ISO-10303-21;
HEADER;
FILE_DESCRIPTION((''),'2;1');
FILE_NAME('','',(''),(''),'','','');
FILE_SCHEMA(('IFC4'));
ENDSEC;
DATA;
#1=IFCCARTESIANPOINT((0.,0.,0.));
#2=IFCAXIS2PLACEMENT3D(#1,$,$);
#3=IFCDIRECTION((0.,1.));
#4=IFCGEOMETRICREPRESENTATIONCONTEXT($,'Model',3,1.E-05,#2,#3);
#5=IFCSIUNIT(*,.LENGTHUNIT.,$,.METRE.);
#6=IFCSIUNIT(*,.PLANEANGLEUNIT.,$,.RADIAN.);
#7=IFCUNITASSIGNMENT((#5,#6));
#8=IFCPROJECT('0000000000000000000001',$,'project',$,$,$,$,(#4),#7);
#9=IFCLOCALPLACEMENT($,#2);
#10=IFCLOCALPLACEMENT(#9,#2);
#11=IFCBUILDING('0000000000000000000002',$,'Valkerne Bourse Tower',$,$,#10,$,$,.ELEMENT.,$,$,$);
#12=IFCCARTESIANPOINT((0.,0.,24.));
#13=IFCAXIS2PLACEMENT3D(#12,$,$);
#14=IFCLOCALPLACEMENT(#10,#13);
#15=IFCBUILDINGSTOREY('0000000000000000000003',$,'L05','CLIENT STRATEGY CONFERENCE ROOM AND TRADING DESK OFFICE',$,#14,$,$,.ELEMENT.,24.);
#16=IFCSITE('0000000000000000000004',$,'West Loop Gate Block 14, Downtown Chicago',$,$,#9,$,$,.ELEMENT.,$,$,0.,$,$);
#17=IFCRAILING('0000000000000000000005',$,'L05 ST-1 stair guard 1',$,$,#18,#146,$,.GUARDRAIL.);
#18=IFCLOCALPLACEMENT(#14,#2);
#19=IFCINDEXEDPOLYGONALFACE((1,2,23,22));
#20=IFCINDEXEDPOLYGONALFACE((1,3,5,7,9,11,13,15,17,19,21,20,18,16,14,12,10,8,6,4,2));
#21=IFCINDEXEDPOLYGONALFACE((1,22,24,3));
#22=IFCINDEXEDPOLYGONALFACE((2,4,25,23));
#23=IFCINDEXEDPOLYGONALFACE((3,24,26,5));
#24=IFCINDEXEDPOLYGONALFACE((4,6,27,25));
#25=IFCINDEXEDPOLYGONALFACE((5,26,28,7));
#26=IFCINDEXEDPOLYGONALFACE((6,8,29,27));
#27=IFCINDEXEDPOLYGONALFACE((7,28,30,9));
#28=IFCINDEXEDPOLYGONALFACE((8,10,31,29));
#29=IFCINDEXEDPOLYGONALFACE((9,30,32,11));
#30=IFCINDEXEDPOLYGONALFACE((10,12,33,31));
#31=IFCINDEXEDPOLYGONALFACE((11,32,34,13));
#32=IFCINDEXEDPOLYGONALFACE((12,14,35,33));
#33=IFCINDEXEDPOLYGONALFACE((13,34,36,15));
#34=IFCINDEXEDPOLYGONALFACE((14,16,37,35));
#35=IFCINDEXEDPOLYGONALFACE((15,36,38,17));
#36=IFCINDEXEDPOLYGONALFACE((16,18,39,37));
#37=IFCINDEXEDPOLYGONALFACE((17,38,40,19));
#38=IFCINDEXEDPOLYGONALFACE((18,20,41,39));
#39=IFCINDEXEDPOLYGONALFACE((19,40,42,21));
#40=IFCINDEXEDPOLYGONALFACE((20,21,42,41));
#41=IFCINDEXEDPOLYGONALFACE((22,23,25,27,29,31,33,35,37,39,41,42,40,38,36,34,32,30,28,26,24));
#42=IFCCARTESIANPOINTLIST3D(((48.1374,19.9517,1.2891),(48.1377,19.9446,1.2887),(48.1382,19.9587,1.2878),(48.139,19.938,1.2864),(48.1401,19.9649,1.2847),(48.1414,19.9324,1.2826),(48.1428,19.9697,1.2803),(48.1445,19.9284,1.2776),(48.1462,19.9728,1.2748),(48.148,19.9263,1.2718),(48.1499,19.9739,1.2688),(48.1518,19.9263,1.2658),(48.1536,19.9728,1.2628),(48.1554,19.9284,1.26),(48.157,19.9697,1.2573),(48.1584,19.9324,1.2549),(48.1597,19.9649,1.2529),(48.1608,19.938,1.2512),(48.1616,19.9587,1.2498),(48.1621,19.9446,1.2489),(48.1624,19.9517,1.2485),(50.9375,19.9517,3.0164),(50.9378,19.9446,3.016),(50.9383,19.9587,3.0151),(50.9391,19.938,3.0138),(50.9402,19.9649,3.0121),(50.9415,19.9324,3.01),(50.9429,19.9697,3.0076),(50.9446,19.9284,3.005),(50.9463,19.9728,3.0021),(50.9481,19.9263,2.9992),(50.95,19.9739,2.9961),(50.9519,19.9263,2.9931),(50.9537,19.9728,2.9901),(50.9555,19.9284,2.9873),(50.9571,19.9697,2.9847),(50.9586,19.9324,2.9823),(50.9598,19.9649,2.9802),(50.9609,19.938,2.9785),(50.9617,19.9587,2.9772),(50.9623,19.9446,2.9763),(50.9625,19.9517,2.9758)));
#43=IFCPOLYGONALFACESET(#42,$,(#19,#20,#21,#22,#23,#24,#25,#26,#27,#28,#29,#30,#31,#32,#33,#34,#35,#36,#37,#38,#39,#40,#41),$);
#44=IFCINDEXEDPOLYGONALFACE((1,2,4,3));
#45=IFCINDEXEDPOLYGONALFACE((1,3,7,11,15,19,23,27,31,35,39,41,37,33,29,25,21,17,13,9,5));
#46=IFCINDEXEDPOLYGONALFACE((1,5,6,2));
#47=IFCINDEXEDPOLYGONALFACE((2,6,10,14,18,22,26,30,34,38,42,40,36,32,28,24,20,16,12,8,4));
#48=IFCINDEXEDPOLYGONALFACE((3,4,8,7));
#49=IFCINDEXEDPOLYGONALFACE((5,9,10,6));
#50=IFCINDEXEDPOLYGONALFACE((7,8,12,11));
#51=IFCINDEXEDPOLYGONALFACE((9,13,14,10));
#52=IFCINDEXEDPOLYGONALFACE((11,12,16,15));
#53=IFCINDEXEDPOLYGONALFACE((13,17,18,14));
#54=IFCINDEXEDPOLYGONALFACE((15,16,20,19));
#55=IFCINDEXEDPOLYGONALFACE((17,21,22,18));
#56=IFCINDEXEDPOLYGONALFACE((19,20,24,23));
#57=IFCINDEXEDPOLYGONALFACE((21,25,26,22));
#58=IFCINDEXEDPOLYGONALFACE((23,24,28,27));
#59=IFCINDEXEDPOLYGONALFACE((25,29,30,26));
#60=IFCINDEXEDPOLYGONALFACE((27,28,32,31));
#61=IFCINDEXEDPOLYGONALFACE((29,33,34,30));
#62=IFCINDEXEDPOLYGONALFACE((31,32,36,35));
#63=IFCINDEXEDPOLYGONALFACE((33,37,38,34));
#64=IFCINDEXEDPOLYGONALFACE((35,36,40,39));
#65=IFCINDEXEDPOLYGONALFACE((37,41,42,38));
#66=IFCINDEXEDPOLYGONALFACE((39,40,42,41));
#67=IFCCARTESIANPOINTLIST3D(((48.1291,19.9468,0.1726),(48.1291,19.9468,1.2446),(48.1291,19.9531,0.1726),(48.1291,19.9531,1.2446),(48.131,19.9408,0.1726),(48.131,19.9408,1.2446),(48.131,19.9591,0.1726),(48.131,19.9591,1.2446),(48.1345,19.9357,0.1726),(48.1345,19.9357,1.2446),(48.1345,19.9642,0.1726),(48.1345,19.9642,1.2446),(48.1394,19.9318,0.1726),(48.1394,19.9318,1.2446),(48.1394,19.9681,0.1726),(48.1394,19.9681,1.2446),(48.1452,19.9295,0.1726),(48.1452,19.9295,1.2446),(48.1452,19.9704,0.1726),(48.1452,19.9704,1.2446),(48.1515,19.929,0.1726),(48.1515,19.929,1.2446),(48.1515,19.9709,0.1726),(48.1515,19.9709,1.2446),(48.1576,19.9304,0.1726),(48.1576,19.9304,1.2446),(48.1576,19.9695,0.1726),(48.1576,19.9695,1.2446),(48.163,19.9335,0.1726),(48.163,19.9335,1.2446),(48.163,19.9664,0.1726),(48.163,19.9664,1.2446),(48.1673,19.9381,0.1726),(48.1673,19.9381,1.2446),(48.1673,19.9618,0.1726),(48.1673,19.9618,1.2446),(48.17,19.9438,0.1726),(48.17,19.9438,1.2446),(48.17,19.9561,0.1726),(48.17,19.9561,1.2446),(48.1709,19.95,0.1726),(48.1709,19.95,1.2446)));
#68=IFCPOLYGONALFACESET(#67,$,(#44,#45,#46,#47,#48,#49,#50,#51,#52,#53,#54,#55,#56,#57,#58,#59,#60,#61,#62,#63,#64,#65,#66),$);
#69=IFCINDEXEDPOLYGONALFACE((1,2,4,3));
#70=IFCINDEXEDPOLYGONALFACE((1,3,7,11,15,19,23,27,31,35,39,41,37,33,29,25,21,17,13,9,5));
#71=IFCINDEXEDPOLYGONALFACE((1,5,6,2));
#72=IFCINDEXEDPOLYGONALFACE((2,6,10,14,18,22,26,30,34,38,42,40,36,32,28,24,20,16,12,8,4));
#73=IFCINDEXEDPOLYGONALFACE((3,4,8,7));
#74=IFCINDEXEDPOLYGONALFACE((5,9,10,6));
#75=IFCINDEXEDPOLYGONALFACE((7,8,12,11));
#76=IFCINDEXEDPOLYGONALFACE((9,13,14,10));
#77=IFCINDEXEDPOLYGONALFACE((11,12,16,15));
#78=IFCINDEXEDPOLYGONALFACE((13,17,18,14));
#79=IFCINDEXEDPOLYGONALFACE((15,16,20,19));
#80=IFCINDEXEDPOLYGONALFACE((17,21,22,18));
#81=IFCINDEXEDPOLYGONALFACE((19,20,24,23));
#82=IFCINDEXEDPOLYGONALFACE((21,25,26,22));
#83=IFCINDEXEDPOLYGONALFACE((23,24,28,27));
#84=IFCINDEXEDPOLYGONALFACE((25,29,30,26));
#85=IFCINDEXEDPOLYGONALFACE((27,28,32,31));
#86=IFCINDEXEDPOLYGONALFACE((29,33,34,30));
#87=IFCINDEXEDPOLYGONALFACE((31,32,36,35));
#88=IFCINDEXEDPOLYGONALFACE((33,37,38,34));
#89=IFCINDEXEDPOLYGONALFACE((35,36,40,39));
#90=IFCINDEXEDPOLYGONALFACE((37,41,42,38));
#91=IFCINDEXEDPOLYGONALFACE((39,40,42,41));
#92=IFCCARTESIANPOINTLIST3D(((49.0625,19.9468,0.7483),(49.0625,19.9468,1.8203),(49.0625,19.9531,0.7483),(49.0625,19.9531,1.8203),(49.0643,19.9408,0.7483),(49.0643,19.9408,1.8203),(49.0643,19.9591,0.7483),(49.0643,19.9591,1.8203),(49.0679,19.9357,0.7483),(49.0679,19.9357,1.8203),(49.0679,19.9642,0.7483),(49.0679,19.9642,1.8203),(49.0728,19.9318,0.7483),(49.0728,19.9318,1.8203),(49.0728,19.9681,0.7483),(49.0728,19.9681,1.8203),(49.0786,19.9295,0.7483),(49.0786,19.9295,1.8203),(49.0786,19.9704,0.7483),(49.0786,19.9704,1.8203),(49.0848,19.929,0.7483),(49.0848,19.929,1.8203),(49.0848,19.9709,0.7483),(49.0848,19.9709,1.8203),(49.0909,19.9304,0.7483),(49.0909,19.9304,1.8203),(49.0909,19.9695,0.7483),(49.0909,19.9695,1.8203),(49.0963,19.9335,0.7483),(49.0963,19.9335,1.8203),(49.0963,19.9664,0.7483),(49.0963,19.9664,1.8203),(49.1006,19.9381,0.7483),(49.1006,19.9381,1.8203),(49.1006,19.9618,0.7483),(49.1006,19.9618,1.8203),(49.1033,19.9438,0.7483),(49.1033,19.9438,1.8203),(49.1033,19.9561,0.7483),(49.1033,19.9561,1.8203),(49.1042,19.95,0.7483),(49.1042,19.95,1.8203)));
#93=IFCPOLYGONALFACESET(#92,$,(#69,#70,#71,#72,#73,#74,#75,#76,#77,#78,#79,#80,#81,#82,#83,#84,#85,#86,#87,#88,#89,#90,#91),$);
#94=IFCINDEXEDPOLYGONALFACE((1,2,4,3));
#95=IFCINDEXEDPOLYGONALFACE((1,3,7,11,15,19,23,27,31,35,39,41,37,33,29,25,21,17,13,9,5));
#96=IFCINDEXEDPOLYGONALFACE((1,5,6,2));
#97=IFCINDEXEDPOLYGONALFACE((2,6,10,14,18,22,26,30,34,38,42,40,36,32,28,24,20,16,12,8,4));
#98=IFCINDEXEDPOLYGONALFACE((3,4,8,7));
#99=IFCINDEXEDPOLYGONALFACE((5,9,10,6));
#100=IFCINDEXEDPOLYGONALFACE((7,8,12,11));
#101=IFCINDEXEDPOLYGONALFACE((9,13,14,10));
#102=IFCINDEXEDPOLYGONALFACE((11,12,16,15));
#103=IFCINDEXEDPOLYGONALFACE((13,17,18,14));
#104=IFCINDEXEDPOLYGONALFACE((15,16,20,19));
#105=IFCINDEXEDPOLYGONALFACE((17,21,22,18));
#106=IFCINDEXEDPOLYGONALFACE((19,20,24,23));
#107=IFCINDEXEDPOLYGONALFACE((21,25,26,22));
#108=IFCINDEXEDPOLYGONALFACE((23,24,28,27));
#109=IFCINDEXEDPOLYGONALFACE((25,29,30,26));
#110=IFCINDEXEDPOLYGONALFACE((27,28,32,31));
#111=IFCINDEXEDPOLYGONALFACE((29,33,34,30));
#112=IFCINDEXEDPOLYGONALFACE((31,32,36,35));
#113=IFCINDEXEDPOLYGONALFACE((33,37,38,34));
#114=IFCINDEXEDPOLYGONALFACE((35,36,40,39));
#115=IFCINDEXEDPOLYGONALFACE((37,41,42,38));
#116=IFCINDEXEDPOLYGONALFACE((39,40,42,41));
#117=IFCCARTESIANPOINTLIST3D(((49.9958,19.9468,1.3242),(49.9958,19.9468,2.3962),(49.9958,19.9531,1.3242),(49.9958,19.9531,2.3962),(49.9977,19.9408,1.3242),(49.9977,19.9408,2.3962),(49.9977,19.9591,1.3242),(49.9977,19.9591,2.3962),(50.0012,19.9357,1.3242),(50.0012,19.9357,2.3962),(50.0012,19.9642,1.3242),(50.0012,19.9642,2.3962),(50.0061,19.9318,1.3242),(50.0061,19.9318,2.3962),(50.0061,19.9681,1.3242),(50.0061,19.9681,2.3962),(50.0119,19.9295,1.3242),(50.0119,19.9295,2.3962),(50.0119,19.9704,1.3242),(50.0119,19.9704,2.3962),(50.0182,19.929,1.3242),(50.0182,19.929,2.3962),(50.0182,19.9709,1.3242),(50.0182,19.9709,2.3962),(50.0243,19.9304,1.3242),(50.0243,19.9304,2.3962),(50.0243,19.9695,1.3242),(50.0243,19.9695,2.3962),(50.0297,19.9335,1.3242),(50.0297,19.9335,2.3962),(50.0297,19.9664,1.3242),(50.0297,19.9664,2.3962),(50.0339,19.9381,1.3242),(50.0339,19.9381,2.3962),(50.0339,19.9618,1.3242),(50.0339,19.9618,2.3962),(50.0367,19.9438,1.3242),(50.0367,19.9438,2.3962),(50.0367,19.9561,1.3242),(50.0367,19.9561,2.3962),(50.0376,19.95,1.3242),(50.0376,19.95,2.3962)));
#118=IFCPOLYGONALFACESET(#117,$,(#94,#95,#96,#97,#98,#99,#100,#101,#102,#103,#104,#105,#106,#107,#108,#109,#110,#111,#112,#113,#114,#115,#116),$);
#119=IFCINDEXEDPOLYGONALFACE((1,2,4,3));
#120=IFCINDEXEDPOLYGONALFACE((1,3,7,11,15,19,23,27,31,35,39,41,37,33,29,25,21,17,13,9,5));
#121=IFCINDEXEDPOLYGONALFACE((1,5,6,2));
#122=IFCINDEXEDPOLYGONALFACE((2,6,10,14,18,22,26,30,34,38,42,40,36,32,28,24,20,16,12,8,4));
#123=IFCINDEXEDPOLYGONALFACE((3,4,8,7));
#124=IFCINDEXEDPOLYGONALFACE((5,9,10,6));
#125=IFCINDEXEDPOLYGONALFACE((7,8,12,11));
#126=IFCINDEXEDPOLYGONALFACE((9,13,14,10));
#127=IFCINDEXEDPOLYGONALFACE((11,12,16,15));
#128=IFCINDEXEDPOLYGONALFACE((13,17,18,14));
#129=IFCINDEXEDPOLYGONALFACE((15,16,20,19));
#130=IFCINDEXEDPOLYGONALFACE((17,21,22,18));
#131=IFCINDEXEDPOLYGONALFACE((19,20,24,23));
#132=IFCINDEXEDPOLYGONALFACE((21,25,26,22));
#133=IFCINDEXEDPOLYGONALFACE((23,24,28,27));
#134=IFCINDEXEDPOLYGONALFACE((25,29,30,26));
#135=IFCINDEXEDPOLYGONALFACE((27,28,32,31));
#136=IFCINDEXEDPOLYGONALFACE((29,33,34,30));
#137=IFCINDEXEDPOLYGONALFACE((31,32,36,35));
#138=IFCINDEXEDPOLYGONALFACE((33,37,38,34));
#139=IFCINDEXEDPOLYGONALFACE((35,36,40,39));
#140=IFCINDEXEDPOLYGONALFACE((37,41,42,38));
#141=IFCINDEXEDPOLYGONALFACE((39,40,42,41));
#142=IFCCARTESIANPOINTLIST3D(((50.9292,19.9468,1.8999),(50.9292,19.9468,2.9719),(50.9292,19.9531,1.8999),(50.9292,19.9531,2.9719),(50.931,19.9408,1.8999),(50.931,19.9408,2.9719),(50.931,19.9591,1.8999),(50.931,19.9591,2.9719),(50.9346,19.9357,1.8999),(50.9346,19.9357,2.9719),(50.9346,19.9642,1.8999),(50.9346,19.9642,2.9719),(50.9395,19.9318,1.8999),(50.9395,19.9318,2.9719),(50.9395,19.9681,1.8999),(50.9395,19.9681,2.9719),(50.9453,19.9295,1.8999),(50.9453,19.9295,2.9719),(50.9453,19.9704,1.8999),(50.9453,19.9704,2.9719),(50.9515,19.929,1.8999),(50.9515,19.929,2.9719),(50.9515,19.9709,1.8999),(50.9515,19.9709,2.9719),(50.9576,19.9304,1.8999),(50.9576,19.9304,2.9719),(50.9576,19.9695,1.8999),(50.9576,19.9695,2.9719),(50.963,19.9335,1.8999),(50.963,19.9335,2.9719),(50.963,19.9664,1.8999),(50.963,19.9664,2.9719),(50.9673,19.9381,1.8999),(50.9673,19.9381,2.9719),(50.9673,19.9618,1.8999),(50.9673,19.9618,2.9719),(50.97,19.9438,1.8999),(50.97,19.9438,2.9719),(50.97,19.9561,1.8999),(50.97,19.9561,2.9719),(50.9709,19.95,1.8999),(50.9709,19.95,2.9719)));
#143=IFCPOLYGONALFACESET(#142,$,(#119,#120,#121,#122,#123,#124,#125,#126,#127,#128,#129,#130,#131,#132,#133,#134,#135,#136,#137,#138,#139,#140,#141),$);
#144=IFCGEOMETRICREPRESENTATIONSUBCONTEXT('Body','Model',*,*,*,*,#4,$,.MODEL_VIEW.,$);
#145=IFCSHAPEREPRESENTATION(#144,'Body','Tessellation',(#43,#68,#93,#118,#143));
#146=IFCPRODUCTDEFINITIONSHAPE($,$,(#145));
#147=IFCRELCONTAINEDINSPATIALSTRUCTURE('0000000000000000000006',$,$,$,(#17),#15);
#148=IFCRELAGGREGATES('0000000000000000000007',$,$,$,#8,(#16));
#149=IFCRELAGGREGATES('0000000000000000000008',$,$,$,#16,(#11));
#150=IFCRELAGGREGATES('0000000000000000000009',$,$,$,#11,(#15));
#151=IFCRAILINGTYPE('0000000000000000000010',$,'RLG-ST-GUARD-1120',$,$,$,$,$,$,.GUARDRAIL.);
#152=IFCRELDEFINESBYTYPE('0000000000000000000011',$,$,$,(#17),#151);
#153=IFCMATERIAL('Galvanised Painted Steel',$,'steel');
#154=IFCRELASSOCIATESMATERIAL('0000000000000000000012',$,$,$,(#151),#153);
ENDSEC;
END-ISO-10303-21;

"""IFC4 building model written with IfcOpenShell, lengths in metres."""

from ifc_helpers import new_model, si_unit, direction, frame, origin, origin_2d, place, context, subcontext, project, spatial, circle, extrude, material, type_object, element, save


model = new_model("IFC4")

# Units and contexts
model_context = context("Model", 3, precision=1e-05, world=origin(), true_north=direction((0.0, 1.0)))
body_context = subcontext(model_context, "Body", "Model", "MODEL_VIEW")
ifc_project = project(units=[si_unit("LENGTHUNIT", "METRE"), si_unit("PLANEANGLEUNIT", "RADIAN")], contexts=[model_context])

# Site, building, storey
site_placement = place(None, origin())
site = spatial("IfcSite", under=ifc_project, at=site_placement, Name="West Loop Gate Block 14, Downtown Chicago", CompositionType="ELEMENT", RefElevation=0.0)
building_placement = place(site_placement, origin())
building = spatial("IfcBuilding", under=site, at=building_placement, Name="Valkerne Bourse Tower", CompositionType="ELEMENT")
storey_placement = place(building_placement, frame((0.0, 0.0, 24.0)))
storey = spatial("IfcBuildingStorey", under=building, at=storey_placement, Name="L05", Description="CLIENT STRATEGY CONFERENCE ROOM AND TRADING DESK OFFICE", CompositionType="ELEMENT", Elevation=24.0)

# Shared definitions
ifc_material_1 = material(Name="Galvanised Painted Steel", Category="steel")

# Railing
railing_type_1 = type_object("IfcRailingType", Name="RLG-ST-GUARD-1120", PredefinedType="GUARDRAIL", material=ifc_material_1)
railing_1_placement = place(storey_placement, frame((48.1499, 19.95, 0.1726)))
element("IfcRailing", 1, at=railing_1_placement, inside=storey, type_object=railing_type_1, Name="L05 ST-1 stair guard 1", PredefinedType="GUARDRAIL", context=body_context, shape_type="SweptSolid", body=[
    extrude(circle(Radius=0.0239, at=origin_2d()), frame((0.0, 0.0, 1.0962), z_axis=(0.85109, 0.0, 0.52502), x_axis=(0.0, 1.0, 0.0)), (0.0, 0.0, 1.0), 3.29),
    extrude(circle(Radius=0.021, at=origin_2d()), origin(), (0.0, 0.0, 1.0), 1.072),
    extrude(circle(Radius=0.021, at=origin_2d()), frame((0.9333, 0.0, 0.5757)), (0.0, 0.0, 1.0), 1.072),
    extrude(circle(Radius=0.021, at=origin_2d()), frame((1.8667, 0.0, 1.1516)), (0.0, 0.0, 1.0), 1.072),
    extrude(circle(Radius=0.021, at=origin_2d()), frame((2.8, 0.0, 1.7273)), (0.0, 0.0, 1.0), 1.072),
])

save(model, "model.ifc")
